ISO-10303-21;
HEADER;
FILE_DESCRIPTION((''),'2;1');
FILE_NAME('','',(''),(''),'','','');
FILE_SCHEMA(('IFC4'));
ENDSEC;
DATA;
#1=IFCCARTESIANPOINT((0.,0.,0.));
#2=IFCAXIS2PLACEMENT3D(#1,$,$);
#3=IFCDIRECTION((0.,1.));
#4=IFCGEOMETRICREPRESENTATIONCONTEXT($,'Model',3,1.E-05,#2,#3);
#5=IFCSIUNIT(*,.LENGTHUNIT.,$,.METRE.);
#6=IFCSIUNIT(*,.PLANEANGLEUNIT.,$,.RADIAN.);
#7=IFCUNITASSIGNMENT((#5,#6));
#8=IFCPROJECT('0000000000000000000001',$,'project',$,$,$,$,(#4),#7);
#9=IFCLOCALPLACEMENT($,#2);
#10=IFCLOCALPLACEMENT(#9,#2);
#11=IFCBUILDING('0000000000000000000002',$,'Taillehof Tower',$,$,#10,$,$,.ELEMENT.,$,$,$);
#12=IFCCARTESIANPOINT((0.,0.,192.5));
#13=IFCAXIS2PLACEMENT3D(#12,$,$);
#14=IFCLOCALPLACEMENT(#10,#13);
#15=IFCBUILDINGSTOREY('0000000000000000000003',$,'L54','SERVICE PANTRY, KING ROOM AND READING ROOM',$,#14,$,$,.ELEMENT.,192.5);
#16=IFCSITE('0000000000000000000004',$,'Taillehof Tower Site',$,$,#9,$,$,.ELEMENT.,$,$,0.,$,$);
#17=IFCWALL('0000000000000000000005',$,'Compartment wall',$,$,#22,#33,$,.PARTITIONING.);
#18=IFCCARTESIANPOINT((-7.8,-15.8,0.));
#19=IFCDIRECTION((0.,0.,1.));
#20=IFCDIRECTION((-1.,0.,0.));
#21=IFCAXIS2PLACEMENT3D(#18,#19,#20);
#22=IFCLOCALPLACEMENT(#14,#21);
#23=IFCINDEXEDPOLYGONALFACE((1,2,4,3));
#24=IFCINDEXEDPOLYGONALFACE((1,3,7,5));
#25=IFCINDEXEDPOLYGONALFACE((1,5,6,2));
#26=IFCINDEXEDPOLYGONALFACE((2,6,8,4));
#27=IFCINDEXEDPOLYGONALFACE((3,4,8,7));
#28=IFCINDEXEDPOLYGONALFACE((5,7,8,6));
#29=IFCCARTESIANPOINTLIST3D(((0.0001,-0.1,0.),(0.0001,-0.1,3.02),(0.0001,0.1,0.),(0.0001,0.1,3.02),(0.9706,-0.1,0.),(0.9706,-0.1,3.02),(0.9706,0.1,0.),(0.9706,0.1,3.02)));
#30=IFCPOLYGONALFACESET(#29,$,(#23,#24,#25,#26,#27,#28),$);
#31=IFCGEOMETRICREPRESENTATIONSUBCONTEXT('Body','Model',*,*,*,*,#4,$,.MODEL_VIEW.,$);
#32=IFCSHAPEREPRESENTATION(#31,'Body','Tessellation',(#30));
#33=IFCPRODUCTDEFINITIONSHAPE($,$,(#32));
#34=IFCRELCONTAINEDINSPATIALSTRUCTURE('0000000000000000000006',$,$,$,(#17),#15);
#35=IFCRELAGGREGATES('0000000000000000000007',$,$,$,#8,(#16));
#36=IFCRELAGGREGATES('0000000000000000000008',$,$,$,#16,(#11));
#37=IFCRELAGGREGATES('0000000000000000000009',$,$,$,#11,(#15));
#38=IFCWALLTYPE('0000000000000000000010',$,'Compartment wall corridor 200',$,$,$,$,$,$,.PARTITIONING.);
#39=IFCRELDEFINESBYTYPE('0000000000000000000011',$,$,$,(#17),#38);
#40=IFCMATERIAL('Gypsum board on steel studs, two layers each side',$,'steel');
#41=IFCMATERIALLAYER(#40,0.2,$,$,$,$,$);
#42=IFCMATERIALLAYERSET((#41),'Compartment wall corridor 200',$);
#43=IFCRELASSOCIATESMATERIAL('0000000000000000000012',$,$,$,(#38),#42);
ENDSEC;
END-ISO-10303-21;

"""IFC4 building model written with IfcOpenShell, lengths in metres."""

from ifc_helpers import new_model, si_unit, direction, frame, frame_2d, origin, place, context, subcontext, project, spatial, rectangle, extrude, material, layer, layer_set, type_object, element, save


model = new_model("IFC4")

# Units and contexts
model_context = context("Model", 3, precision=1e-05, world=origin(), true_north=direction((0.0, 1.0)))
body_context = subcontext(model_context, "Body", "Model", "MODEL_VIEW")
ifc_project = project(units=[si_unit("LENGTHUNIT", "METRE"), si_unit("PLANEANGLEUNIT", "RADIAN")], contexts=[model_context])

# Site, building, storey
site_placement = place(None, origin())
site = spatial("IfcSite", under=ifc_project, at=site_placement, Name="Taillehof Tower Site", CompositionType="ELEMENT", RefElevation=0.0)
building_placement = place(site_placement, origin())
building = spatial("IfcBuilding", under=site, at=building_placement, Name="Taillehof Tower", CompositionType="ELEMENT")
storey_placement = place(building_placement, frame((0.0, 0.0, 192.5)))
storey = spatial("IfcBuildingStorey", under=building, at=storey_placement, Name="L54", Description="SERVICE PANTRY, KING ROOM AND READING ROOM", CompositionType="ELEMENT", Elevation=192.5)

# Wall
ifc_material_1 = material(Name="Gypsum board on steel studs, two layers each side", Category="steel")
ifc_layer_1 = layer(ifc_material_1, 0.2)
ifc_layer_set_1 = layer_set([ifc_layer_1], Name="Compartment wall corridor 200")
wall_type_1 = type_object("IfcWallType", Name="Compartment wall corridor 200", PredefinedType="PARTITIONING", material=ifc_layer_set_1)
wall_1_placement = place(storey_placement, frame((-7.8, -15.8, 0.0), z_axis=(0.0, 0.0, 1.0), x_axis=(-1.0, 0.0, 0.0)))
element("IfcWall", 1, at=wall_1_placement, inside=storey, type_object=wall_type_1, Name="Compartment wall", PredefinedType="PARTITIONING", context=body_context, shape_type="SweptSolid", body=[
    extrude(rectangle(XDim=0.9705, YDim=0.2, at=frame_2d((0.4854, 0.0))), origin(), (0.0, 0.0, 1.0), 3.02),
])

save(model, "model.ifc")
